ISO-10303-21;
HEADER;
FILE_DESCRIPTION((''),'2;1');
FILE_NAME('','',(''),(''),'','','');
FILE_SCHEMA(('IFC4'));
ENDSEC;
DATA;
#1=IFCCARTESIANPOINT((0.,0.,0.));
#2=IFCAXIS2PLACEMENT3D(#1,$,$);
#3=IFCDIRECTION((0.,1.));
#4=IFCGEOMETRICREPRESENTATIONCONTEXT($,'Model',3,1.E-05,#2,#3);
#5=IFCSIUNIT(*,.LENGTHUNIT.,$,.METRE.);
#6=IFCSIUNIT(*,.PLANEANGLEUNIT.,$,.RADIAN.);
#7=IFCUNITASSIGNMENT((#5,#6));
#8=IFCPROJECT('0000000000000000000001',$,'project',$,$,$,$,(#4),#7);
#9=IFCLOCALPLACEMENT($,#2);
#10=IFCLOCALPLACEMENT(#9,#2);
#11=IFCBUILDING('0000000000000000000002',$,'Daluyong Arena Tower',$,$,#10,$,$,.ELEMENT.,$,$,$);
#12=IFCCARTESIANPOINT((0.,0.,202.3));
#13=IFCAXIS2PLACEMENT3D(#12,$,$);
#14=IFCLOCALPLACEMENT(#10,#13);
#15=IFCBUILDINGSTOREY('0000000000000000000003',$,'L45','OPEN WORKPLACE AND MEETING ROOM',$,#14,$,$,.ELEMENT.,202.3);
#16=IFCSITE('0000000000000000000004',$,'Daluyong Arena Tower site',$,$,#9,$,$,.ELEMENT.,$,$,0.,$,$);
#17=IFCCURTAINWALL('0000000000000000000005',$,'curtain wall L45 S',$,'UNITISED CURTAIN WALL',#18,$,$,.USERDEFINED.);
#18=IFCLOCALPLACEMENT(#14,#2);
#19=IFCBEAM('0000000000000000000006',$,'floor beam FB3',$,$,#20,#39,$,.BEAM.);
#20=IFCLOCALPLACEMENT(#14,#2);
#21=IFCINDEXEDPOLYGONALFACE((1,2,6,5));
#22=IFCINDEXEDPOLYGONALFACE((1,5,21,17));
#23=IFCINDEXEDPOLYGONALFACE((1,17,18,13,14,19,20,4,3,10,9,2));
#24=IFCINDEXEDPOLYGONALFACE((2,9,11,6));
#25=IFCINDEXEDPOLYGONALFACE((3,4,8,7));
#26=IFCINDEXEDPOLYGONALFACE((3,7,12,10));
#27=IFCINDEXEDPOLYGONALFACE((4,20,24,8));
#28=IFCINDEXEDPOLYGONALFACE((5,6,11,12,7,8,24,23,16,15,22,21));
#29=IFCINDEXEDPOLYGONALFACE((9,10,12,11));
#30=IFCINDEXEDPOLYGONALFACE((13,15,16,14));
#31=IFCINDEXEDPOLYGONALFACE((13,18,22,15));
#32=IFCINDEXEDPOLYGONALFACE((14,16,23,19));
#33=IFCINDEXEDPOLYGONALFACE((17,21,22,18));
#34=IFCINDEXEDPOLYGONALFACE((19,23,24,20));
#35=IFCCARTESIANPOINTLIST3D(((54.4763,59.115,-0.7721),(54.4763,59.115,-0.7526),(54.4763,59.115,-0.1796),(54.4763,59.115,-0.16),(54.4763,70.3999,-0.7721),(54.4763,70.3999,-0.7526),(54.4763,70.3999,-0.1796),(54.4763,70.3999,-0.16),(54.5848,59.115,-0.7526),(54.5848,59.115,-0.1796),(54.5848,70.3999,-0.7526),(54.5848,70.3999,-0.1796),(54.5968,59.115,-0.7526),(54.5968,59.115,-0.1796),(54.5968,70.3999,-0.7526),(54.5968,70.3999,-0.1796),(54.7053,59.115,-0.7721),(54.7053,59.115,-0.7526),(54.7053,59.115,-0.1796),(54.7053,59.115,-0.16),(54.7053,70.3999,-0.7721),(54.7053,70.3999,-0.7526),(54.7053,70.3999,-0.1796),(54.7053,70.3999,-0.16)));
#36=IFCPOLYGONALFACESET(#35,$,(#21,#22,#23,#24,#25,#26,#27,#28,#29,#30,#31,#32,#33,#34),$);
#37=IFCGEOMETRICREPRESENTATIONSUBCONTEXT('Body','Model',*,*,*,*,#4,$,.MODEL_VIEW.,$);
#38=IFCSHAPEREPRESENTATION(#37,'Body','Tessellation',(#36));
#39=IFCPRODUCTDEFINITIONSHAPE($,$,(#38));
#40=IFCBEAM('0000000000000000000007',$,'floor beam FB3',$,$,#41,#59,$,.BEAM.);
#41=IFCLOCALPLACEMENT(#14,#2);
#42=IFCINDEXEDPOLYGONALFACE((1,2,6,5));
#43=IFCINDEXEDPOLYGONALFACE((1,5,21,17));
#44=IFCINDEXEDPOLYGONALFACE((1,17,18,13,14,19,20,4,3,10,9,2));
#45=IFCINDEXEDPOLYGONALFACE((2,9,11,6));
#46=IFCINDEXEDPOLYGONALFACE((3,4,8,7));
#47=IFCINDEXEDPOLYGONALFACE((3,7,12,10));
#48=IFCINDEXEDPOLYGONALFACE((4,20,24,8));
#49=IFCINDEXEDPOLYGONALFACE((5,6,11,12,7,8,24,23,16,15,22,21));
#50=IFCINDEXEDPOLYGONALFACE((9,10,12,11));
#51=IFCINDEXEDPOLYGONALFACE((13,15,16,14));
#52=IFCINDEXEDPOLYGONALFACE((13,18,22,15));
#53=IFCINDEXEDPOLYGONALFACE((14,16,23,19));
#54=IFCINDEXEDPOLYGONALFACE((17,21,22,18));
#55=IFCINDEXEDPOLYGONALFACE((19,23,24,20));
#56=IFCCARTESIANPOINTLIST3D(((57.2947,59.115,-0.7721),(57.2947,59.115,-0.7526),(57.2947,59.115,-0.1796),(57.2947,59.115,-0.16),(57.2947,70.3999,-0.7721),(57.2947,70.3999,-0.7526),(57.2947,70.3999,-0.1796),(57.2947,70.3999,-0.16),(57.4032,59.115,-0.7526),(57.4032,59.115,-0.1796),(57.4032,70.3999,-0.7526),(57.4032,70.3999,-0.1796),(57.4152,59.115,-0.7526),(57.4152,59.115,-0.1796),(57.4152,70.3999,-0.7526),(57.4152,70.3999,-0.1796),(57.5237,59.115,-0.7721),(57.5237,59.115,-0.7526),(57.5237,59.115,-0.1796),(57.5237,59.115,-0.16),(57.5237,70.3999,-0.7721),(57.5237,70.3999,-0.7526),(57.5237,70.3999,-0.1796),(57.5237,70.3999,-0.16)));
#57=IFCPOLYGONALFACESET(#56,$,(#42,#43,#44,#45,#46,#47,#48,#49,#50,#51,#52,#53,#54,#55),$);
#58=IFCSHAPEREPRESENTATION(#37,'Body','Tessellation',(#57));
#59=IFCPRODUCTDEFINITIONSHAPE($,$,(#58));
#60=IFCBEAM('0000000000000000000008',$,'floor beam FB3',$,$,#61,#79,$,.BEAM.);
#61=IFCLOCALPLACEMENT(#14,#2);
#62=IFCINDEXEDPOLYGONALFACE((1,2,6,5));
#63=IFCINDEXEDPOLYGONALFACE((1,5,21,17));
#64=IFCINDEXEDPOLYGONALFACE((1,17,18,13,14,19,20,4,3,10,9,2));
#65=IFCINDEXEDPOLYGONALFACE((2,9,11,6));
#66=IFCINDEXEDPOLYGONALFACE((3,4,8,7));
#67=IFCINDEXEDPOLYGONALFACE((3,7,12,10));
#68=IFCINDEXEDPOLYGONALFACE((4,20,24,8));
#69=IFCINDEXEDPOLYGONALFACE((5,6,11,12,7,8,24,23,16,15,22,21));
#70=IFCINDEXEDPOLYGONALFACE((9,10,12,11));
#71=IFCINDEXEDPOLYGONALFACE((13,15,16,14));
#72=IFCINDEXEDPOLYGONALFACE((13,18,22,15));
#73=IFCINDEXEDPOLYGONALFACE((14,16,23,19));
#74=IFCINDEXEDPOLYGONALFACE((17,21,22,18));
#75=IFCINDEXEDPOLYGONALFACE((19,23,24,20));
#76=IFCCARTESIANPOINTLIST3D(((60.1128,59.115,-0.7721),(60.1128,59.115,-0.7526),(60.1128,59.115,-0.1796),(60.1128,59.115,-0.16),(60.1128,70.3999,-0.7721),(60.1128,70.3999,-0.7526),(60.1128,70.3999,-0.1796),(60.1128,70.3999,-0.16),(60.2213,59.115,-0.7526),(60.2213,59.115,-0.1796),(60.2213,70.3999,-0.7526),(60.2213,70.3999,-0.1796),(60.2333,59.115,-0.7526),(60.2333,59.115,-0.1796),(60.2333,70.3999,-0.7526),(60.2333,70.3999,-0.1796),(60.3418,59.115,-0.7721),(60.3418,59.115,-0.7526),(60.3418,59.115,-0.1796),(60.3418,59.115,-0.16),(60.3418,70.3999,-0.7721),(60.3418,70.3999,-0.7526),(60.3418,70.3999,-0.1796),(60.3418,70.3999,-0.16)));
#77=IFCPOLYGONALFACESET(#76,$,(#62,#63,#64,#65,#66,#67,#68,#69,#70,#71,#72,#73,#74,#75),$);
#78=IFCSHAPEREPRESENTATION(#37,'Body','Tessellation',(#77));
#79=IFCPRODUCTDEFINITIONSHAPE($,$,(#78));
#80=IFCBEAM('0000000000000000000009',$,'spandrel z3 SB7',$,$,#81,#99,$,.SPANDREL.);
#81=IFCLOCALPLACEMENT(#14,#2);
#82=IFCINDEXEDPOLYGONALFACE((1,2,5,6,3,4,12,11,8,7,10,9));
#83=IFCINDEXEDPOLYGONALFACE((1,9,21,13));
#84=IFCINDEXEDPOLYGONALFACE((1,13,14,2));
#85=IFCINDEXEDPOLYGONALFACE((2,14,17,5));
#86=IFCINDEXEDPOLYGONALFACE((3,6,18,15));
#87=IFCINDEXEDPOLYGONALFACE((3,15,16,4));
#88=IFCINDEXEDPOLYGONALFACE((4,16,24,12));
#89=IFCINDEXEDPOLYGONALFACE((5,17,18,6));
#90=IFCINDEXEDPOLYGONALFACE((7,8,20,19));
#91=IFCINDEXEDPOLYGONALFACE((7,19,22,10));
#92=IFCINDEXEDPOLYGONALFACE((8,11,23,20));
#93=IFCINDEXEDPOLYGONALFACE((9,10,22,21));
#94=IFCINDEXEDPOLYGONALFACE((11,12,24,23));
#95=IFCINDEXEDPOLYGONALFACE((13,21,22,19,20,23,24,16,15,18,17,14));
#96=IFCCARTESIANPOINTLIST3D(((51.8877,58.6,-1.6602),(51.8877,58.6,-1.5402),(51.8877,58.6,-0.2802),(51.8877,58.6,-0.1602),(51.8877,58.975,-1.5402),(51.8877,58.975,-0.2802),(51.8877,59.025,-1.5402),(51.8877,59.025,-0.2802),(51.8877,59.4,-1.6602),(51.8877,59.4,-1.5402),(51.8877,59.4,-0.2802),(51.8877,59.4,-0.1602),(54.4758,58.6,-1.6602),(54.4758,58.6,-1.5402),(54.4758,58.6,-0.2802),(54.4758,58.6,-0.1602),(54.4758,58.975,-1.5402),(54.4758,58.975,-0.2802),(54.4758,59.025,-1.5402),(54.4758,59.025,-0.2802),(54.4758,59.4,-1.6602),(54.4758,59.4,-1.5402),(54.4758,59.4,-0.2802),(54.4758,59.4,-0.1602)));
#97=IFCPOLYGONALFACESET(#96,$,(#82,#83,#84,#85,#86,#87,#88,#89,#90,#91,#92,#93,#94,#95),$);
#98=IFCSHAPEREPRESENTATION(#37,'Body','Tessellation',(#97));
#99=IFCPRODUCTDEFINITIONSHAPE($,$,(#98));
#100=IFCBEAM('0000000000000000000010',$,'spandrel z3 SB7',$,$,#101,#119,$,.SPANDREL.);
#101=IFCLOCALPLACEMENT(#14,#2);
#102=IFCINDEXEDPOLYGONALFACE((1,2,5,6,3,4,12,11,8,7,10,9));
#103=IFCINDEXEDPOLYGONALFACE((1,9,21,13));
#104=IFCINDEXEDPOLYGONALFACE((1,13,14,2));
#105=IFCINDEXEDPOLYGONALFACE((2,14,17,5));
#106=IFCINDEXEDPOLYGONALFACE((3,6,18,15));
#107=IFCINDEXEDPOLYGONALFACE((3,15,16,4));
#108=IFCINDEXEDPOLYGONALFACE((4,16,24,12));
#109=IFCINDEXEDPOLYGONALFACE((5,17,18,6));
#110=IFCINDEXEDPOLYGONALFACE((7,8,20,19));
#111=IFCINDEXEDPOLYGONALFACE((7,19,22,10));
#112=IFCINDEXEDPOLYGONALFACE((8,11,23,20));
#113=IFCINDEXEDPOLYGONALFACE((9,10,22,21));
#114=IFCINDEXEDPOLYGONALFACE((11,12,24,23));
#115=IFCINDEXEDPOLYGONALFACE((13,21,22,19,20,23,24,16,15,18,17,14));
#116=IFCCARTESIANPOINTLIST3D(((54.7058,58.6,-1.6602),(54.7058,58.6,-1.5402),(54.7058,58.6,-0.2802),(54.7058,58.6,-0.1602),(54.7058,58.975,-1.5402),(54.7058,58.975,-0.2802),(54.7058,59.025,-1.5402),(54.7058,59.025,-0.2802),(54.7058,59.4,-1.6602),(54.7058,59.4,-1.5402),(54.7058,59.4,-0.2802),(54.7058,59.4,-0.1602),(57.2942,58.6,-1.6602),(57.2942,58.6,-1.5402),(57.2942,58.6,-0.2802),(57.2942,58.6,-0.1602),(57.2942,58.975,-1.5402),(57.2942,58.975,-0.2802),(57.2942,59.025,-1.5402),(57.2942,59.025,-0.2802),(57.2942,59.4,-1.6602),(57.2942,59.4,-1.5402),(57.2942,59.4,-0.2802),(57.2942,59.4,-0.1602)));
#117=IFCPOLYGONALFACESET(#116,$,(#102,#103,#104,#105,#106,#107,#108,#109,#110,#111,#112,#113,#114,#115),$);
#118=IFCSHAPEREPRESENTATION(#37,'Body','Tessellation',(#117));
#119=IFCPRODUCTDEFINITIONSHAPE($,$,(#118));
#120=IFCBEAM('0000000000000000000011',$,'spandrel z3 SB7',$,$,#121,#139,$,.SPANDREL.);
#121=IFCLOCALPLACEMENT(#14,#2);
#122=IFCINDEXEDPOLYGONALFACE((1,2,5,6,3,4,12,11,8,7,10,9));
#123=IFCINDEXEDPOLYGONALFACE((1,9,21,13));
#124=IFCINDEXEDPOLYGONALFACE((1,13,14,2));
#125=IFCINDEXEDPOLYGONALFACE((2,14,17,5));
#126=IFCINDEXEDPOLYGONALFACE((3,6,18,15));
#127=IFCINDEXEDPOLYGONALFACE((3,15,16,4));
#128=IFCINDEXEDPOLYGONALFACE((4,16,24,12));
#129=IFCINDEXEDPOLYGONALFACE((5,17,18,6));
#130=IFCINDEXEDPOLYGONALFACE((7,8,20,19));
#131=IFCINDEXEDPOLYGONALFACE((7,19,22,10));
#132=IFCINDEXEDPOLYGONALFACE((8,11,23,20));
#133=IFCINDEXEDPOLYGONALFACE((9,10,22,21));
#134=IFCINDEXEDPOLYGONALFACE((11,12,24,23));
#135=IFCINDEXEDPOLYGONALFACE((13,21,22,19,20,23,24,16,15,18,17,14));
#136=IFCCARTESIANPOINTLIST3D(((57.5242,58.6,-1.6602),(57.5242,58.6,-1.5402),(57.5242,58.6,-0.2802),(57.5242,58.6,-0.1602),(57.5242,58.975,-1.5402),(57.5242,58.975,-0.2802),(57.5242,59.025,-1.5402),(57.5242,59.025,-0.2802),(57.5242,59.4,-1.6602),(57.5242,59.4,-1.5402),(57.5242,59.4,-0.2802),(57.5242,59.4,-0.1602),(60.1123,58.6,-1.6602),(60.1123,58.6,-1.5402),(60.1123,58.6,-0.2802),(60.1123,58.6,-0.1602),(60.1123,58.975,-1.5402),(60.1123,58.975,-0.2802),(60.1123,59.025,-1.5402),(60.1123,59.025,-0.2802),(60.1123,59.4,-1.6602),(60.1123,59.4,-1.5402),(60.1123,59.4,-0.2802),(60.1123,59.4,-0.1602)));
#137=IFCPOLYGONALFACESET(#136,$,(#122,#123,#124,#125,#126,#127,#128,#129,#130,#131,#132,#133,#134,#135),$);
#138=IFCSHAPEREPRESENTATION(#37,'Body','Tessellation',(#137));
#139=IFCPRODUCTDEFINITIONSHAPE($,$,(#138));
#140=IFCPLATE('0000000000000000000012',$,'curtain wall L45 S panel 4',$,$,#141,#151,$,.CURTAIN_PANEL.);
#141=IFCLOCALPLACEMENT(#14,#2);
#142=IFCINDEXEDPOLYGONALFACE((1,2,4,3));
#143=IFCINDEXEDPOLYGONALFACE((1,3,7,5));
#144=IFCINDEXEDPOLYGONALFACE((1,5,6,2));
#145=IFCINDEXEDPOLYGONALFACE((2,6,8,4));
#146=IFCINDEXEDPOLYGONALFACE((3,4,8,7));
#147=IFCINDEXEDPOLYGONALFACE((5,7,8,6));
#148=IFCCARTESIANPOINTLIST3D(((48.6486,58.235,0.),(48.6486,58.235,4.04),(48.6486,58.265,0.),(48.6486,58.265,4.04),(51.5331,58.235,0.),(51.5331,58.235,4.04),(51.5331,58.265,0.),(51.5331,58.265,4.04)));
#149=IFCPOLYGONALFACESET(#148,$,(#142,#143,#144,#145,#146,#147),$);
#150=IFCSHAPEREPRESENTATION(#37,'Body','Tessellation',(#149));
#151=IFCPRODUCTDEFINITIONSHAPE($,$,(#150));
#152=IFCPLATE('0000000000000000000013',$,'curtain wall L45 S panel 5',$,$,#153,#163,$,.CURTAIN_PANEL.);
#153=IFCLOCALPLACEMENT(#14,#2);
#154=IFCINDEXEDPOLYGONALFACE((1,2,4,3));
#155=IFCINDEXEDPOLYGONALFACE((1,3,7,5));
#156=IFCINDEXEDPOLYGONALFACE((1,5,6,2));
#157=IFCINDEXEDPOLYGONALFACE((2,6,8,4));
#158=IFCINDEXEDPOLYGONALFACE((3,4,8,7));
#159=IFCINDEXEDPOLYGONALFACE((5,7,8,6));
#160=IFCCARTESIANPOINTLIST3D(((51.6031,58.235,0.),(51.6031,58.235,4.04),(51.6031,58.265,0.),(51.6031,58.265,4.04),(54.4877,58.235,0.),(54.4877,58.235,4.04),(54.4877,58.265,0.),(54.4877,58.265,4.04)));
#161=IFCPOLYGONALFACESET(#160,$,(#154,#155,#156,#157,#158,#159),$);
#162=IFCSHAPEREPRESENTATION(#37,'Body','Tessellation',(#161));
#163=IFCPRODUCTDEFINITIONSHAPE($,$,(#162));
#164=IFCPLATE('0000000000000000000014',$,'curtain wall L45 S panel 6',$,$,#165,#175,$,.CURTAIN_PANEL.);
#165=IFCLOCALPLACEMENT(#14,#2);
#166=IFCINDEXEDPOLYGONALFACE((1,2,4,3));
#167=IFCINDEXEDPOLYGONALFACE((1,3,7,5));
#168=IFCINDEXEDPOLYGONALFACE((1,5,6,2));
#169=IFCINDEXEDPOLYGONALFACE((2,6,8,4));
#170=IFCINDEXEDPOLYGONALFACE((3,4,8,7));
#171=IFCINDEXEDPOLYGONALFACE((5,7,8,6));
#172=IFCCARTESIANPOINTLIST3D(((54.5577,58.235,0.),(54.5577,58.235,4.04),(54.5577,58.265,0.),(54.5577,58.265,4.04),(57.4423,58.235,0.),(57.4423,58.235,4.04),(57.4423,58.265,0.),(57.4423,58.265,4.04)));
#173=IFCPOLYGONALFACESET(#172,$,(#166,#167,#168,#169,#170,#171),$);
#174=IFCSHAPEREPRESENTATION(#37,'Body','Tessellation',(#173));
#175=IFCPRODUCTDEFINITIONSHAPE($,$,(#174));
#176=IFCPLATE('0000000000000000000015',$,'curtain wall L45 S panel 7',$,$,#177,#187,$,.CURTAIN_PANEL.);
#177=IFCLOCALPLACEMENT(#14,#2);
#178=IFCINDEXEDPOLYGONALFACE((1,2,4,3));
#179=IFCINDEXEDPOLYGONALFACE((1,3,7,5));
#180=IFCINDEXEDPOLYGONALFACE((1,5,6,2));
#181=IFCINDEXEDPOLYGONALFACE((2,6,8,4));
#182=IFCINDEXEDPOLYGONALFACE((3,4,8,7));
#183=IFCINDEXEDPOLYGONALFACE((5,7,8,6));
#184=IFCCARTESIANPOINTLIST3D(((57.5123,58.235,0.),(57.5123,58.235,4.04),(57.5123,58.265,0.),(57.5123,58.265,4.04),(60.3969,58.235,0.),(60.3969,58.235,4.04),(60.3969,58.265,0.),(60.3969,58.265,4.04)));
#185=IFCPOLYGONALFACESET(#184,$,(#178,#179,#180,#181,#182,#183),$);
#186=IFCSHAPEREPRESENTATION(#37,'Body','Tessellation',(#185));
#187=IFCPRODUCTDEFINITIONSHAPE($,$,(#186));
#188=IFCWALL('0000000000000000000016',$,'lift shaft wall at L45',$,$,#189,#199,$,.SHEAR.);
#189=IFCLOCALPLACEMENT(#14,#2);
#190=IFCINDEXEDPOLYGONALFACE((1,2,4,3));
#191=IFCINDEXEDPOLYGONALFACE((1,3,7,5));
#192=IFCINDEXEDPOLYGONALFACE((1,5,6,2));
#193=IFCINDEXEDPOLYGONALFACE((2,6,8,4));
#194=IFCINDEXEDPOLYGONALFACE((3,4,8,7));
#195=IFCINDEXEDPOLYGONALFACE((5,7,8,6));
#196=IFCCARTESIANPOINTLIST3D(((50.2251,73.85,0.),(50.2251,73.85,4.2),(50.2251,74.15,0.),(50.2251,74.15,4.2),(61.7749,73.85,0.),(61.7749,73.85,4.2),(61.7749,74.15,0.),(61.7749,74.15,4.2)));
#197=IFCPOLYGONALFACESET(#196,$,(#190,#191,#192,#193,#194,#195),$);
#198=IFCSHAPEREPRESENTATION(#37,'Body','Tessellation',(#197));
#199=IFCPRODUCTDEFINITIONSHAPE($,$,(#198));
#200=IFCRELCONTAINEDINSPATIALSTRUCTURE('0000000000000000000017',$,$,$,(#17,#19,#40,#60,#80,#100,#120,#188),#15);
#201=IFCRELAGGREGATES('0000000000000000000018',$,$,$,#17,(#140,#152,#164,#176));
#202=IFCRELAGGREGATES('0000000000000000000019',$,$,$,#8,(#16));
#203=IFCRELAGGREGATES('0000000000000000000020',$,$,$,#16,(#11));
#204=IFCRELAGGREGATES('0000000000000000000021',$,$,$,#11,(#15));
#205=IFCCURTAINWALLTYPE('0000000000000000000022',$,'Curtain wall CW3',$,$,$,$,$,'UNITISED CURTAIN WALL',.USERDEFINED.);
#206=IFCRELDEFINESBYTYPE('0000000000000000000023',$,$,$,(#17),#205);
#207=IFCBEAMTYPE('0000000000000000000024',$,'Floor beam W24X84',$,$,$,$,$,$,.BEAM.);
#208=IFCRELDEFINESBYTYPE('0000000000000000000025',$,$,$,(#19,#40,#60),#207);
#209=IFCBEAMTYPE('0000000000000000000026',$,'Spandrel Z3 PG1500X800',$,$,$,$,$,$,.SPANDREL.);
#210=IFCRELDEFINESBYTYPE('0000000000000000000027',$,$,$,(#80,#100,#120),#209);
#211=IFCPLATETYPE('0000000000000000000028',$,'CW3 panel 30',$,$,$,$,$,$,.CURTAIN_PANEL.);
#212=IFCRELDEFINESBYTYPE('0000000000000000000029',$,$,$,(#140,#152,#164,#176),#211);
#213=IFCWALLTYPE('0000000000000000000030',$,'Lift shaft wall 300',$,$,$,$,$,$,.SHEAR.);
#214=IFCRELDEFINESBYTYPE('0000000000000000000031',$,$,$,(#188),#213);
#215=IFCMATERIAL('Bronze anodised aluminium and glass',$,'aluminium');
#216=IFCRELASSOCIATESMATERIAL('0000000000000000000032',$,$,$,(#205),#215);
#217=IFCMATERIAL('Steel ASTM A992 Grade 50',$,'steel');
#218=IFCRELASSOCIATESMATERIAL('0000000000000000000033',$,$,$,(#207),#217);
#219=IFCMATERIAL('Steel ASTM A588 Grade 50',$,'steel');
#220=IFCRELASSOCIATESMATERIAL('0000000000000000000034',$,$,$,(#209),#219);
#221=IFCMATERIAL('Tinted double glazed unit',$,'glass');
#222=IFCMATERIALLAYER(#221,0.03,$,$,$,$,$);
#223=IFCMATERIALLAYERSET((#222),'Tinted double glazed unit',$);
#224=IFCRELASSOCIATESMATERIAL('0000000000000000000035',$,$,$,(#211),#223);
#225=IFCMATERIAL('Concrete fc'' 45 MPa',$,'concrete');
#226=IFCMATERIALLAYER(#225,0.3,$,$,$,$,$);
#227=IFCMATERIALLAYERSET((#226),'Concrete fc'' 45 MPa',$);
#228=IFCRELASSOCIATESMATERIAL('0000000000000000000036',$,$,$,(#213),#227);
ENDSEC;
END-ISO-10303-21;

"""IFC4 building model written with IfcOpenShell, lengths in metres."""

from ifc_helpers import new_model, si_unit, direction, frame, frame_2d, origin, origin_2d, place, context, subcontext, project, spatial, rectangle, i_section, extrude, material, layer, layer_set, material_profile, profile_set, type_object, element, aggregate, save


model = new_model("IFC4")

# Units and contexts
model_context = context("Model", 3, precision=1e-05, world=origin(), true_north=direction((0.0, 1.0)))
body_context = subcontext(model_context, "Body", "Model", "MODEL_VIEW")
ifc_project = project(units=[si_unit("LENGTHUNIT", "METRE"), si_unit("PLANEANGLEUNIT", "RADIAN")], contexts=[model_context])

# Site, building, storey
site_placement = place(None, origin())
site = spatial("IfcSite", under=ifc_project, at=site_placement, Name="Daluyong Arena Tower site", CompositionType="ELEMENT", RefElevation=0.0)
building_placement = place(site_placement, origin())
building = spatial("IfcBuilding", under=site, at=building_placement, Name="Daluyong Arena Tower", CompositionType="ELEMENT")
storey_placement = place(building_placement, frame((0.0, 0.0, 202.3)))
storey = spatial("IfcBuildingStorey", under=building, at=storey_placement, Name="L45", Description="OPEN WORKPLACE AND MEETING ROOM", CompositionType="ELEMENT", Elevation=202.3)

# Curtain wall
ifc_material_1 = material(Name="Bronze anodised aluminium and glass", Category="aluminium")
curtain_wall_type = type_object("IfcCurtainWallType", Name="Curtain wall CW3", ElementType="UNITISED CURTAIN WALL", PredefinedType="USERDEFINED", material=ifc_material_1)
curtain_wall_placement = place(storey_placement, origin())
curtain_wall = element("IfcCurtainWall", 1, at=curtain_wall_placement, inside=storey, type_object=curtain_wall_type, Name="curtain wall L45 S", ObjectType="UNITISED CURTAIN WALL", PredefinedType="USERDEFINED")

# Beams
ifc_material_2 = material(Name="Steel ASTM A992 Grade 50", Category="steel")
ifc_material_profile_1 = material_profile(ifc_material_2, i_section(OverallWidth=0.229, OverallDepth=0.6121, WebThickness=0.012, FlangeThickness=0.0195, at=origin_2d()))
ifc_profile_set_1 = profile_set([ifc_material_profile_1], Name="Steel ASTM A992 Grade 50")
beam_type_1 = type_object("IfcBeamType", Name="Floor beam W24X84", PredefinedType="BEAM", material=ifc_profile_set_1)
for number, where, z_axis, x_axis, name in (
    (2, (54.5908, 59.115, -0.4661), (0.0, 1.0, 0.0), (-1.0, 0.0, 0.0), "floor beam FB3"),
    (3, (57.4092, 59.115, -0.4661), (0.0, 1.0, 0.0), (-1.0, 0.0, 0.0), "floor beam FB3"),
    (4, (60.2273, 59.115, -0.4661), (0.0, 1.0, 0.0), (-1.0, 0.0, 0.0), "floor beam FB3"),
):
    element("IfcBeam", number, at=place(storey_placement, frame(where, z_axis=z_axis, x_axis=x_axis)), inside=storey, type_object=beam_type_1, Name=name, PredefinedType="BEAM", context=body_context, shape_type="SweptSolid", body=[
        extrude(i_section(OverallWidth=0.229, OverallDepth=0.6121, WebThickness=0.012, FlangeThickness=0.0195, at=origin_2d()), origin(), (0.0, 0.0, 1.0), 11.2849),
    ])
ifc_material_3 = material(Name="Steel ASTM A588 Grade 50", Category="steel")
ifc_material_profile_2 = material_profile(ifc_material_3, i_section(OverallWidth=0.8, OverallDepth=1.5, WebThickness=0.05, FlangeThickness=0.12, at=origin_2d()))
ifc_profile_set_2 = profile_set([ifc_material_profile_2], Name="Steel ASTM A588 Grade 50")
beam_type_2 = type_object("IfcBeamType", Name="Spandrel Z3 PG1500X800", PredefinedType="SPANDREL", material=ifc_profile_set_2)
beam_1_placement = place(storey_placement, frame((51.8877, 59.0, -0.9102), z_axis=(1.0, 0.0, 0.0), x_axis=(0.0, 1.0, 0.0)))
element("IfcBeam", 5, at=beam_1_placement, inside=storey, type_object=beam_type_2, Name="spandrel z3 SB7", PredefinedType="SPANDREL", context=body_context, shape_type="SweptSolid", body=[
    extrude(i_section(OverallWidth=0.8, OverallDepth=1.5, WebThickness=0.05, FlangeThickness=0.12, at=origin_2d()), origin(), (0.0, 0.0, 1.0), 2.5881),
])
beam_2_placement = place(storey_placement, frame((54.7058, 59.0, -0.9102), z_axis=(1.0, 0.0, 0.0), x_axis=(0.0, 1.0, 0.0)))
element("IfcBeam", 6, at=beam_2_placement, inside=storey, type_object=beam_type_2, Name="spandrel z3 SB7", PredefinedType="SPANDREL", context=body_context, shape_type="SweptSolid", body=[
    extrude(i_section(OverallWidth=0.8, OverallDepth=1.5, WebThickness=0.05, FlangeThickness=0.12, at=origin_2d()), origin(), (0.0, 0.0, 1.0), 2.5884),
])
beam_3_placement = place(storey_placement, frame((57.5242, 59.0, -0.9102), z_axis=(1.0, 0.0, 0.0), x_axis=(0.0, 1.0, 0.0)))
element("IfcBeam", 7, at=beam_3_placement, inside=storey, type_object=beam_type_2, Name="spandrel z3 SB7", PredefinedType="SPANDREL", context=body_context, shape_type="SweptSolid", body=[
    extrude(i_section(OverallWidth=0.8, OverallDepth=1.5, WebThickness=0.05, FlangeThickness=0.12, at=origin_2d()), origin(), (0.0, 0.0, 1.0), 2.5881),
])

# Plates
ifc_material_4 = material(Name="Tinted double glazed unit", Category="glass")
ifc_layer_1 = layer(ifc_material_4, 0.03)
ifc_layer_set_1 = layer_set([ifc_layer_1], Name="Tinted double glazed unit")
plate_type = type_object("IfcPlateType", Name="CW3 panel 30", PredefinedType="CURTAIN_PANEL", material=ifc_layer_set_1)
plate_1_placement = place(storey_placement, frame((50.0908, 58.25, 0.0), z_axis=(0.0, 0.0, 1.0), x_axis=(1.0, 0.0, 0.0)))
plate_1 = element("IfcPlate", 8, at=plate_1_placement, type_object=plate_type, Name="curtain wall L45 S panel 4", PredefinedType="CURTAIN_PANEL", context=body_context, shape_type="SweptSolid", body=[
    extrude(rectangle(XDim=2.8845, YDim=0.03, at=origin_2d()), origin(), (0.0, 0.0, 1.0), 4.04),
])
plate_2_placement = place(storey_placement, frame((53.0454, 58.25, 0.0), z_axis=(0.0, 0.0, 1.0), x_axis=(1.0, 0.0, 0.0)))
plate_2 = element("IfcPlate", 9, at=plate_2_placement, type_object=plate_type, Name="curtain wall L45 S panel 5", PredefinedType="CURTAIN_PANEL", context=body_context, shape_type="SweptSolid", body=[
    extrude(rectangle(XDim=2.8845, YDim=0.03, at=origin_2d()), origin(), (0.0, 0.0, 1.0), 4.04),
])
plate_3_placement = place(storey_placement, frame((56.0, 58.25, 0.0), z_axis=(0.0, 0.0, 1.0), x_axis=(1.0, 0.0, 0.0)))
plate_3 = element("IfcPlate", 10, at=plate_3_placement, type_object=plate_type, Name="curtain wall L45 S panel 6", PredefinedType="CURTAIN_PANEL", context=body_context, shape_type="SweptSolid", body=[
    extrude(rectangle(XDim=2.8845, YDim=0.03, at=origin_2d()), origin(), (0.0, 0.0, 1.0), 4.04),
])
plate_4_placement = place(storey_placement, frame((58.9546, 58.25, 0.0), z_axis=(0.0, 0.0, 1.0), x_axis=(1.0, 0.0, 0.0)))
plate_4 = element("IfcPlate", 11, at=plate_4_placement, type_object=plate_type, Name="curtain wall L45 S panel 7", PredefinedType="CURTAIN_PANEL", context=body_context, shape_type="SweptSolid", body=[
    extrude(rectangle(XDim=2.8845, YDim=0.03, at=origin_2d()), origin(), (0.0, 0.0, 1.0), 4.04),
])
aggregate(curtain_wall, [plate_1, plate_2, plate_3, plate_4])

# Wall
ifc_material_5 = material(Name="Concrete fc' 45 MPa", Category="concrete")
ifc_layer_2 = layer(ifc_material_5, 0.3)
ifc_layer_set_2 = layer_set([ifc_layer_2], Name="Concrete fc' 45 MPa")
wall_type_1 = type_object("IfcWallType", Name="Lift shaft wall 300", PredefinedType="SHEAR", material=ifc_layer_set_2)
wall_1_placement = place(storey_placement, frame((50.2251, 74.0, 0.0), z_axis=(0.0, 0.0, 1.0), x_axis=(1.0, 0.0, 0.0)))
element("IfcWall", 12, at=wall_1_placement, inside=storey, type_object=wall_type_1, Name="lift shaft wall at L45", PredefinedType="SHEAR", context=body_context, shape_type="SweptSolid", body=[
    extrude(rectangle(XDim=11.5498, YDim=0.3, at=frame_2d((5.7749, 0.0))), origin(), (0.0, 0.0, 1.0), 4.2),
])

save(model, "model.ifc")
